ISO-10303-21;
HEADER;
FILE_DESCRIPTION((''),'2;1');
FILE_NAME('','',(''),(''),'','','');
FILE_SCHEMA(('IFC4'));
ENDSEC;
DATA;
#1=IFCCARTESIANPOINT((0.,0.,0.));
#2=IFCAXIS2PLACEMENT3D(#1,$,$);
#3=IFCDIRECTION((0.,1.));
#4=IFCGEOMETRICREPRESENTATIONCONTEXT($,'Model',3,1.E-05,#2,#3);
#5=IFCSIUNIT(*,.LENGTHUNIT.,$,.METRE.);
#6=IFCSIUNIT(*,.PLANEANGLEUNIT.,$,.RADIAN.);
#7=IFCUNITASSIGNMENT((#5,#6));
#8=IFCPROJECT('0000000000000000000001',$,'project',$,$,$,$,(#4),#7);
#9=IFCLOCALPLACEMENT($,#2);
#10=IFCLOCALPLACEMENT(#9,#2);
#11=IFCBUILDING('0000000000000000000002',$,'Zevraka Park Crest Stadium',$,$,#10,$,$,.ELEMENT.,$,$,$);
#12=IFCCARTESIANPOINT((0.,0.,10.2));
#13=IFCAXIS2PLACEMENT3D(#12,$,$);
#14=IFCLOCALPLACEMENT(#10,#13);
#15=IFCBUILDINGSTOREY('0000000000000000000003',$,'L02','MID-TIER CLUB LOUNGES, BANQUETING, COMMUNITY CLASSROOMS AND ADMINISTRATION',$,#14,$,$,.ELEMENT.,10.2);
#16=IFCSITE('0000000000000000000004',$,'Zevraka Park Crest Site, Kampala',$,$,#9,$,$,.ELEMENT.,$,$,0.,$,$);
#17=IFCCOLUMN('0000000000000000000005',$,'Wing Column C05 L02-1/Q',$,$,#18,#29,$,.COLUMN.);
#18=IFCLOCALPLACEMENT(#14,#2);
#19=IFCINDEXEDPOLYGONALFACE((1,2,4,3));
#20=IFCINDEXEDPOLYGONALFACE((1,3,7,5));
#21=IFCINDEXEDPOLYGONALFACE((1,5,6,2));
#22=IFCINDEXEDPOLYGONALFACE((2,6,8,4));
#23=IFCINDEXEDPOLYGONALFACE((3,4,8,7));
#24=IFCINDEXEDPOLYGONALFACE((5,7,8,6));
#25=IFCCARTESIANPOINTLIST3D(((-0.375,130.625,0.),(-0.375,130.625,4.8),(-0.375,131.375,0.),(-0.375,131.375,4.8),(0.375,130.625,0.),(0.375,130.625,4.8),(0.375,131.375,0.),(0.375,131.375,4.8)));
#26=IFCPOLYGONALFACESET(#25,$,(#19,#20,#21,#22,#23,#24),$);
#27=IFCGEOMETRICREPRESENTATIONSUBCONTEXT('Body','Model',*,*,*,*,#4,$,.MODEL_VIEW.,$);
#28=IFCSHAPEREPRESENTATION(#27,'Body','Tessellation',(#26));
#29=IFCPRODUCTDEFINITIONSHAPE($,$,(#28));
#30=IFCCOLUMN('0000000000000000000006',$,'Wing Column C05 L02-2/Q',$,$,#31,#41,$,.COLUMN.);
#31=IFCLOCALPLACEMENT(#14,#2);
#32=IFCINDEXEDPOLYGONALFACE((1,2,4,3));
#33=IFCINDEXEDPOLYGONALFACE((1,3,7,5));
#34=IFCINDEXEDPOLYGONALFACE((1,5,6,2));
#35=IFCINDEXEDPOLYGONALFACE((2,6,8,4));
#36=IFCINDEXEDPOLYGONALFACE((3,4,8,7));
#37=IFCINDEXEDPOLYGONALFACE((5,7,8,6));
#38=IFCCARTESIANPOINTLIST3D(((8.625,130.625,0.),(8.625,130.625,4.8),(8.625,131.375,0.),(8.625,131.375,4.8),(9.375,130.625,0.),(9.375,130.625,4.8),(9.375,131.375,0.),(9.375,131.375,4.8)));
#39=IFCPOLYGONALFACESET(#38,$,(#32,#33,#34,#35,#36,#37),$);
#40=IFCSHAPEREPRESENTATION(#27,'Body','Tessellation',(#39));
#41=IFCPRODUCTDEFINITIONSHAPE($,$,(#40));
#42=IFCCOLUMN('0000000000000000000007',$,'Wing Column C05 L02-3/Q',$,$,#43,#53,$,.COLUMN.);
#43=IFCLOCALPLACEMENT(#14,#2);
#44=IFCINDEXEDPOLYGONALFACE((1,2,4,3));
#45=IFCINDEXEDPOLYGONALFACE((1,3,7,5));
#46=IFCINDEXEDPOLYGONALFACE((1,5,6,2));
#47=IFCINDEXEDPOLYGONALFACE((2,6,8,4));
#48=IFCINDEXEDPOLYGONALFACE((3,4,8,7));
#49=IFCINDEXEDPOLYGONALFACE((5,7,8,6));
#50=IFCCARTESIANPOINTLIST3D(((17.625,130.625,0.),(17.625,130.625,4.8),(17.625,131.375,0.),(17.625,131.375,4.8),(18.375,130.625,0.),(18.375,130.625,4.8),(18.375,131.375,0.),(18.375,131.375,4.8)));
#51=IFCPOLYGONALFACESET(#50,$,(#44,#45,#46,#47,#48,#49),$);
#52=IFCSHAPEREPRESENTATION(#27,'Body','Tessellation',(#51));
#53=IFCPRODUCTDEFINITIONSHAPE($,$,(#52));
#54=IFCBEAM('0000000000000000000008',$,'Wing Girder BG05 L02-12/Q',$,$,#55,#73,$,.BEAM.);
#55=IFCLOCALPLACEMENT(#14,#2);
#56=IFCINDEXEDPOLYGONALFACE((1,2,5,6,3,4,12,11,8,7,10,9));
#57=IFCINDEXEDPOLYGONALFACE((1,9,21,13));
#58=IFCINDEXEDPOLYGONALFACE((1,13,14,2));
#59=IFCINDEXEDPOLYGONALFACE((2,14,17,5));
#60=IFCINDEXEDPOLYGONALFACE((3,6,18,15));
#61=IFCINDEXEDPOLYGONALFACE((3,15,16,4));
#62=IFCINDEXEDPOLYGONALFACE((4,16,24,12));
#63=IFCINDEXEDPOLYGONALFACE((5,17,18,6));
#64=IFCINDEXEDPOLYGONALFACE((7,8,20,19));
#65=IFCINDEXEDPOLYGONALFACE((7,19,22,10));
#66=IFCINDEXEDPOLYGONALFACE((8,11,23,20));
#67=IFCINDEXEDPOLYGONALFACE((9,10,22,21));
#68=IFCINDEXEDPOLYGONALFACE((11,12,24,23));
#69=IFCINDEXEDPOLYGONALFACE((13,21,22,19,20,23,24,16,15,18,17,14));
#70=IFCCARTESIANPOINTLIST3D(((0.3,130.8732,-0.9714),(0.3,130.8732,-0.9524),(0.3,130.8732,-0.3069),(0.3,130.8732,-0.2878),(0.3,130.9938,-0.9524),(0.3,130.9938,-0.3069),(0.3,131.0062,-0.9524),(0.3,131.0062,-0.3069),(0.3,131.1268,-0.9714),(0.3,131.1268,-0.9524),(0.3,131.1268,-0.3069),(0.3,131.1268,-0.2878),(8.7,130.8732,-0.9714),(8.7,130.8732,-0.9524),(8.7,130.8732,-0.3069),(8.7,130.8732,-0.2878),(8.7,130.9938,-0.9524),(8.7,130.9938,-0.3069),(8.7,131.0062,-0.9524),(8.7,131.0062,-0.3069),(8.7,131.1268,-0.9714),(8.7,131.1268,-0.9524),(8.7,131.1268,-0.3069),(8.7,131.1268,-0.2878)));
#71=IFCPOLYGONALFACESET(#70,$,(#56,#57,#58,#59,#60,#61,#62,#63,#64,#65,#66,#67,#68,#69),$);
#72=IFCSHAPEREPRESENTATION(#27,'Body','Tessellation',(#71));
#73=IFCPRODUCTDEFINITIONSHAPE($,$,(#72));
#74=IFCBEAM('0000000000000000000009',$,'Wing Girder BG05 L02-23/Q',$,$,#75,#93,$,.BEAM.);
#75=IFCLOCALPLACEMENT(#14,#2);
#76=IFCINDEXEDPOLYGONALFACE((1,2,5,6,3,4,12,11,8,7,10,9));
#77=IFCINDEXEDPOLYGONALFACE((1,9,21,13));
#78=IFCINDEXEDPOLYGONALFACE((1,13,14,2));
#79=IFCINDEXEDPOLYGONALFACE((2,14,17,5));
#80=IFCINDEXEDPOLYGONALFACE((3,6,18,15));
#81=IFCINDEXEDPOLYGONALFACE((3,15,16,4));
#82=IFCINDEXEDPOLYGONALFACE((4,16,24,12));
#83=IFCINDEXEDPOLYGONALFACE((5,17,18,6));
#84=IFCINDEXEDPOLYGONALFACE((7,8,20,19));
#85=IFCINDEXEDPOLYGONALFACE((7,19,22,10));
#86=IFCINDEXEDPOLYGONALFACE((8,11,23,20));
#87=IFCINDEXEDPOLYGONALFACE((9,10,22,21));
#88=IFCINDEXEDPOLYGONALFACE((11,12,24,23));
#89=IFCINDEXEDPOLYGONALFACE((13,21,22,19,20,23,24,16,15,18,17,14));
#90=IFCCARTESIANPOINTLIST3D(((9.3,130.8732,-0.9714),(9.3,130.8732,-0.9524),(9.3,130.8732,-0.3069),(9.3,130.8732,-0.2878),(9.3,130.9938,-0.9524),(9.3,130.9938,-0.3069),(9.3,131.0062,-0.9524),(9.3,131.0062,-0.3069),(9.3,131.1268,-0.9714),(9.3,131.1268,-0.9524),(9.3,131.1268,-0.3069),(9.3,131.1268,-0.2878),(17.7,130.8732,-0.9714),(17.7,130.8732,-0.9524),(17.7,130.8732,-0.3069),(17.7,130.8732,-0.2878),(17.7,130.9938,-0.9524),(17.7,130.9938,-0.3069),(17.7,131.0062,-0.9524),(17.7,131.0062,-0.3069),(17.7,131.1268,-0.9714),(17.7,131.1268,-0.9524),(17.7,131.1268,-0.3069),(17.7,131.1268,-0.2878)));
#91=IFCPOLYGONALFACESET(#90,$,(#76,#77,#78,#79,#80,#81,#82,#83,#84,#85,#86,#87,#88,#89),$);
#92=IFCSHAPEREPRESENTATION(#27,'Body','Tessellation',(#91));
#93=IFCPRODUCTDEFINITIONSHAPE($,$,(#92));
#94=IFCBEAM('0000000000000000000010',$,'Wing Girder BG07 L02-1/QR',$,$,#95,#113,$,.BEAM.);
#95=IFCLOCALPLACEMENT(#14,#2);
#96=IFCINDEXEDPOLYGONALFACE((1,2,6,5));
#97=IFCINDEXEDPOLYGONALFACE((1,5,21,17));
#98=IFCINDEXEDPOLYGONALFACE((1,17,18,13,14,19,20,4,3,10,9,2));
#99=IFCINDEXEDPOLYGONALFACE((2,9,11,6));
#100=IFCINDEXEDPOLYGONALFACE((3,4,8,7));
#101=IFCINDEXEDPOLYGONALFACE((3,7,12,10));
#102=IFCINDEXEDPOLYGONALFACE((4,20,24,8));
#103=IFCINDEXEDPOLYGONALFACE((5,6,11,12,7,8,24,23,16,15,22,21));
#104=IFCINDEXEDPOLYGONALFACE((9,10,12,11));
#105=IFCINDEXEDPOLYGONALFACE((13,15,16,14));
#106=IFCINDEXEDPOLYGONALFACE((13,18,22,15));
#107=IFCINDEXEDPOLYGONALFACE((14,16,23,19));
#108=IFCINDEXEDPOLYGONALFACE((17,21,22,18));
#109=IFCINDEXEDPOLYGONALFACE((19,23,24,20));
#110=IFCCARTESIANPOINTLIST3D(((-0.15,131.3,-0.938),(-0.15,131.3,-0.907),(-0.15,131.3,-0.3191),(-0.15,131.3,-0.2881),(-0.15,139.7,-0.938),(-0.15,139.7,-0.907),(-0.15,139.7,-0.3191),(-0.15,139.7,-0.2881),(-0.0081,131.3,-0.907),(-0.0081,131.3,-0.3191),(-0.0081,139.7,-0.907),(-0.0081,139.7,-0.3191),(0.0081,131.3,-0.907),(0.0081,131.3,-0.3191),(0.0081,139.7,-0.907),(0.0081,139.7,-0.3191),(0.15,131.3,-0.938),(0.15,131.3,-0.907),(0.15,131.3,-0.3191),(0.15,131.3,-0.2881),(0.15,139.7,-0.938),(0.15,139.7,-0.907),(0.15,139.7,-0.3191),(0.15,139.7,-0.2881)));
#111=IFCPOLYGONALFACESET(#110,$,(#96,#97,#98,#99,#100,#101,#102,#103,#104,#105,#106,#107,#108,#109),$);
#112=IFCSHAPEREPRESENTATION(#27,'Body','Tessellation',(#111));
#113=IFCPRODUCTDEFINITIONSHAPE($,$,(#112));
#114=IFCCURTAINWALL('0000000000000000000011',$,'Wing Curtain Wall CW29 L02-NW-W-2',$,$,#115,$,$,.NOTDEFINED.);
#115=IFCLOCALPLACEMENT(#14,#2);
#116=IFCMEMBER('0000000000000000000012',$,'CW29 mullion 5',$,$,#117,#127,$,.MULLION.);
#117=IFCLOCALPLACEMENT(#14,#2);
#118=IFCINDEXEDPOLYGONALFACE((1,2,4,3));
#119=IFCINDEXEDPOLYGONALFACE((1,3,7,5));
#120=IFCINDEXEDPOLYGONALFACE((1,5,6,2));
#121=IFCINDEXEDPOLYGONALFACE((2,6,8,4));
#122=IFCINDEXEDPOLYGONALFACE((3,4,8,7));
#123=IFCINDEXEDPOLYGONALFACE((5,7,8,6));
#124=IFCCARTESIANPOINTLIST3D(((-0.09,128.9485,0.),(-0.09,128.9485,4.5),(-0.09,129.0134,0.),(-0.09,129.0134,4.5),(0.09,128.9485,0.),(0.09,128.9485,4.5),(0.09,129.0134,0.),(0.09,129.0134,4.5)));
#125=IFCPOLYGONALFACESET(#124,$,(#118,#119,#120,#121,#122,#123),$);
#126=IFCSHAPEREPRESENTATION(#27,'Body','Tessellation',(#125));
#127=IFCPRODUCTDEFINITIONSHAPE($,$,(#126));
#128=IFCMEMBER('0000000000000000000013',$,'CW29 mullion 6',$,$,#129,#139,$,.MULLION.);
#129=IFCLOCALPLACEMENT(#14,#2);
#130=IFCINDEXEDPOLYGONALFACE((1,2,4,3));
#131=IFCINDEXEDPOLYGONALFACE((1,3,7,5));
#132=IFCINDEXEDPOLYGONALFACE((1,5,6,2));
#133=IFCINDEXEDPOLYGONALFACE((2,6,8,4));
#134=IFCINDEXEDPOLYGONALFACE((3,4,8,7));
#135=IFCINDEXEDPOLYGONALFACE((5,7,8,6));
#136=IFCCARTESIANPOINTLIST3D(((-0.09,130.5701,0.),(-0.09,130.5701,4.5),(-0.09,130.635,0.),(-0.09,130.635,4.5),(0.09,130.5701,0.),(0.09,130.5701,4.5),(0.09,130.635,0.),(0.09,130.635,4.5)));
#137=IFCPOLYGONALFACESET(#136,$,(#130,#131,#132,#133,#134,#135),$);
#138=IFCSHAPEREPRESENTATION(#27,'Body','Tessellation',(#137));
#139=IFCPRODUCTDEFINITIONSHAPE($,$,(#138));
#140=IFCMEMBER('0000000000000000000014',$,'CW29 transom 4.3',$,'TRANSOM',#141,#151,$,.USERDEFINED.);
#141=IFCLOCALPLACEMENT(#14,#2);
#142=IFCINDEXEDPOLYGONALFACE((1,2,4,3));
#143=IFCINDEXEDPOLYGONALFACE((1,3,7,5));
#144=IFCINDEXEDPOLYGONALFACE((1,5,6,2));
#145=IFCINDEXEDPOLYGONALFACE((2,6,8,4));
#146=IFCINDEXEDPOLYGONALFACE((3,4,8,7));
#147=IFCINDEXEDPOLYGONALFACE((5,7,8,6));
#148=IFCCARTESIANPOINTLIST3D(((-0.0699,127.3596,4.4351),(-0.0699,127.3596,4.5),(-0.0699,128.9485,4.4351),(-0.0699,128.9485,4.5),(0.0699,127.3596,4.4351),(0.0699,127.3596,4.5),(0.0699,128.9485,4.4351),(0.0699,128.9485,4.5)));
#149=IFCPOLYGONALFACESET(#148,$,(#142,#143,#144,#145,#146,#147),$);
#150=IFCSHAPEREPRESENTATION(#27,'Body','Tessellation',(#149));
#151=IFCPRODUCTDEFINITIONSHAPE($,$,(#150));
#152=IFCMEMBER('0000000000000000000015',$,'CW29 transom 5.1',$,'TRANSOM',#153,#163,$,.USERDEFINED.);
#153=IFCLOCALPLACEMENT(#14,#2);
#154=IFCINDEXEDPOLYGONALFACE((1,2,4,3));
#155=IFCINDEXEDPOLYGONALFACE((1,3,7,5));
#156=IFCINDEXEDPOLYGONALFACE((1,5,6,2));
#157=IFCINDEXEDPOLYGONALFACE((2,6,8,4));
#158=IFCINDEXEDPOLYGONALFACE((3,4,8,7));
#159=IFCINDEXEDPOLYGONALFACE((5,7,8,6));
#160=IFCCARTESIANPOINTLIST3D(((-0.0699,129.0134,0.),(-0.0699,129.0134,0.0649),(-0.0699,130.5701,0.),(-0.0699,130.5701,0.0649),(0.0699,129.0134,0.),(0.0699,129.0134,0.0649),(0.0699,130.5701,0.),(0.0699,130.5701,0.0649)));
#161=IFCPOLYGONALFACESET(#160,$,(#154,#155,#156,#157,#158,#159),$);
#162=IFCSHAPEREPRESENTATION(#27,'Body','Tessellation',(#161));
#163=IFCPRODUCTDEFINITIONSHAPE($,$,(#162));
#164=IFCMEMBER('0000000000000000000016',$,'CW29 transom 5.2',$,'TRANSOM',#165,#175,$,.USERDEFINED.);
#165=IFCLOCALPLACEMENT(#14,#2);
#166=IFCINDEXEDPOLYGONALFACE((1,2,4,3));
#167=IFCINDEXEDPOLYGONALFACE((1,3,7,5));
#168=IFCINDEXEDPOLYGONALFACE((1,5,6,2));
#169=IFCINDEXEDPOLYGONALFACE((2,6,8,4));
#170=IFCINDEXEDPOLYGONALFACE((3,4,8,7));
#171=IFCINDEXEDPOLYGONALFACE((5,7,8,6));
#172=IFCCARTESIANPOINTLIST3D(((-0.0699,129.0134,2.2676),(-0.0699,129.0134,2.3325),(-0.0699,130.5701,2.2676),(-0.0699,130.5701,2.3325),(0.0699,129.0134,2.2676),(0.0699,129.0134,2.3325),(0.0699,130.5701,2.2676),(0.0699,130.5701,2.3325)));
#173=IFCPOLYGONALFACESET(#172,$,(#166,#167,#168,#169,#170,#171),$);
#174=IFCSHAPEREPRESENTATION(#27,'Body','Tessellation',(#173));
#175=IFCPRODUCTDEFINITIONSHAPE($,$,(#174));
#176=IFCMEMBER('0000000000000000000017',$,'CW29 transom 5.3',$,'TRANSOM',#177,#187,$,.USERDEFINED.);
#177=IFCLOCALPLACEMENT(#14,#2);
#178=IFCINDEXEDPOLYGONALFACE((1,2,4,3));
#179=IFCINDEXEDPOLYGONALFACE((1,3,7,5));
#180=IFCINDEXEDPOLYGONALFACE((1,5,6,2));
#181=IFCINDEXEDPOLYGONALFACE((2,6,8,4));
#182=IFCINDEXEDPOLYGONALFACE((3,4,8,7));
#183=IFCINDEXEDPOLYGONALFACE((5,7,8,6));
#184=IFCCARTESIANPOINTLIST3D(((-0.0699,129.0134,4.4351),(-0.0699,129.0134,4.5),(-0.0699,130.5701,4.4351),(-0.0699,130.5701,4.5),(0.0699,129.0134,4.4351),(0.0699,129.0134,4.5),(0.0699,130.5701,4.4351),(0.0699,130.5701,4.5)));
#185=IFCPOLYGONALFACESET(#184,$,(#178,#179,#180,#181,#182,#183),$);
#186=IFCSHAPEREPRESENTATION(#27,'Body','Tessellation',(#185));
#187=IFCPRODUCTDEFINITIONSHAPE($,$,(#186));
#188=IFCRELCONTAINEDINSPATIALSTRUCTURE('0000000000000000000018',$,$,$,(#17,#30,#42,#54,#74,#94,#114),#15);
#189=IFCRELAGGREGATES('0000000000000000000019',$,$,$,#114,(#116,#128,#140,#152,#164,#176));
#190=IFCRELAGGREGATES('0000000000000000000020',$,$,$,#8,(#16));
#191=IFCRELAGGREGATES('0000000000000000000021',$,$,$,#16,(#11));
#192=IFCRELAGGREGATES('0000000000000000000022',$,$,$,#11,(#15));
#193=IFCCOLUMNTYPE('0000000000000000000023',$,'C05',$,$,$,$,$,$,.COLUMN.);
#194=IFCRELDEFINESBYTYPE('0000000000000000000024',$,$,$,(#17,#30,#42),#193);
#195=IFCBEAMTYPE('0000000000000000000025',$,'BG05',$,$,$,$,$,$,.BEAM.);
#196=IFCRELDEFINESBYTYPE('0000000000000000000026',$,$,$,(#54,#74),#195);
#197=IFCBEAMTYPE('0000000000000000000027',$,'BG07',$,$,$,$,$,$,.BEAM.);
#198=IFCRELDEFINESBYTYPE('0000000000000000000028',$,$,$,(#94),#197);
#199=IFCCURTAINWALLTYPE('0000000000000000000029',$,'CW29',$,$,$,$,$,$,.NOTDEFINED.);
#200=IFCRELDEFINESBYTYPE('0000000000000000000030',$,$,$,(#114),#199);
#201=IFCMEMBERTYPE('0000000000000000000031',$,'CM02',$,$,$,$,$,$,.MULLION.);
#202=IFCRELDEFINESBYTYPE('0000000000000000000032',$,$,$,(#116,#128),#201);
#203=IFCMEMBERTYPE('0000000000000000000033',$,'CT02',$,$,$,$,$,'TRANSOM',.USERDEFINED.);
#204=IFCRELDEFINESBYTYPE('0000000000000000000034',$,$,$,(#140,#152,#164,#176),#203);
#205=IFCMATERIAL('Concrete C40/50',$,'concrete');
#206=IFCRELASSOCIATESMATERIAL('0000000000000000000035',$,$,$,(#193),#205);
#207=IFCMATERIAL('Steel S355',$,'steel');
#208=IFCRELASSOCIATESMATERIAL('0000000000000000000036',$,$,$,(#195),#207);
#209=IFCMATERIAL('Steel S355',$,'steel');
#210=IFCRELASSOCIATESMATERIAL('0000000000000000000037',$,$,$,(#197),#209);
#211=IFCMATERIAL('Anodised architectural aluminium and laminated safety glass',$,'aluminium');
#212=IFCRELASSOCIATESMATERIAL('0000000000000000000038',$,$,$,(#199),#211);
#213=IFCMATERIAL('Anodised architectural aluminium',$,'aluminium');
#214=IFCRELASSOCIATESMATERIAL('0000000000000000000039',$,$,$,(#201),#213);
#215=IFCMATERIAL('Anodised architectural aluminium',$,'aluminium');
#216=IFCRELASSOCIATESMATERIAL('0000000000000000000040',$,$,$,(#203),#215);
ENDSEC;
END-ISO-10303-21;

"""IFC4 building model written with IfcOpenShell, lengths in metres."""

from ifc_helpers import new_model, si_unit, direction, frame, origin, origin_2d, place, context, subcontext, project, spatial, rectangle, i_section, extrude, material, material_profile, profile_set, type_object, element, aggregate, save


model = new_model("IFC4")

# Units and contexts
model_context = context("Model", 3, precision=1e-05, world=origin(), true_north=direction((0.0, 1.0)))
body_context = subcontext(model_context, "Body", "Model", "MODEL_VIEW")
ifc_project = project(units=[si_unit("LENGTHUNIT", "METRE"), si_unit("PLANEANGLEUNIT", "RADIAN")], contexts=[model_context])

# Site, building, storey
site_placement = place(None, origin())
site = spatial("IfcSite", under=ifc_project, at=site_placement, Name="Zevraka Park Crest Site, Kampala", CompositionType="ELEMENT", RefElevation=0.0)
building_placement = place(site_placement, origin())
building = spatial("IfcBuilding", under=site, at=building_placement, Name="Zevraka Park Crest Stadium", CompositionType="ELEMENT")
storey_placement = place(building_placement, frame((0.0, 0.0, 10.2)))
storey = spatial("IfcBuildingStorey", under=building, at=storey_placement, Name="L02", Description="MID-TIER CLUB LOUNGES, BANQUETING, COMMUNITY CLASSROOMS AND ADMINISTRATION", CompositionType="ELEMENT", Elevation=10.2)

# Columns
ifc_material_1 = material(Name="Concrete C40/50", Category="concrete")
ifc_material_profile_1 = material_profile(ifc_material_1, rectangle(XDim=0.75, YDim=0.75, at=origin_2d()), Name="RC 750x750")
ifc_profile_set_1 = profile_set([ifc_material_profile_1], Name="Concrete C40/50")
column_type = type_object("IfcColumnType", Name="C05", PredefinedType="COLUMN", material=ifc_profile_set_1)
for number, where, z_axis, x_axis, name in (
    (1, (0.0, 131.0, 0.0), (0.0, 0.0, 1.0), (1.0, 0.0, 0.0), "Wing Column C05 L02-1/Q"),
    (2, (9.0, 131.0, 0.0), (0.0, 0.0, 1.0), (1.0, 0.0, 0.0), "Wing Column C05 L02-2/Q"),
    (3, (18.0, 131.0, 0.0), (0.0, 0.0, 1.0), (1.0, 0.0, 0.0), "Wing Column C05 L02-3/Q"),
):
    element("IfcColumn", number, at=place(storey_placement, frame(where, z_axis=z_axis, x_axis=x_axis)), inside=storey, type_object=column_type, Name=name, PredefinedType="COLUMN", context=body_context, shape_type="SweptSolid", body=[
        extrude(rectangle(XDim=0.75, YDim=0.75, at=origin_2d()), origin(), (0.0, 0.0, 1.0), 4.8),
    ])

# Beams
ifc_material_2 = material(Name="Steel S355", Category="steel")
ifc_material_profile_2 = material_profile(ifc_material_2, i_section(OverallWidth=0.2537, OverallDepth=0.6836, WebThickness=0.0125, FlangeThickness=0.019, at=origin_2d()), Name="UKB 686x254x140")
ifc_profile_set_2 = profile_set([ifc_material_profile_2], Name="Steel S355")
beam_type_1 = type_object("IfcBeamType", Name="BG05", PredefinedType="BEAM", material=ifc_profile_set_2)
for number, where, z_axis, x_axis, name in (
    (4, (0.3, 131.0, -0.6296), (1.0, 0.0, 0.0), (0.0, 1.0, 0.0), "Wing Girder BG05 L02-12/Q"),
    (5, (9.3, 131.0, -0.6296), (1.0, 0.0, 0.0), (0.0, 1.0, 0.0), "Wing Girder BG05 L02-23/Q"),
):
    element("IfcBeam", number, at=place(storey_placement, frame(where, z_axis=z_axis, x_axis=x_axis)), inside=storey, type_object=beam_type_1, Name=name, PredefinedType="BEAM", context=body_context, shape_type="SweptSolid", body=[
        extrude(i_section(OverallWidth=0.2537, OverallDepth=0.6836, WebThickness=0.0125, FlangeThickness=0.019, at=origin_2d()), origin(), (0.0, 0.0, 1.0), 8.3999),
    ])
ifc_material_3 = material(Name="Steel S355", Category="steel")
ifc_material_profile_3 = material_profile(ifc_material_3, i_section(OverallWidth=0.3, OverallDepth=0.6499, WebThickness=0.0161, FlangeThickness=0.031, at=origin_2d()), Name="HEB 650")
ifc_profile_set_3 = profile_set([ifc_material_profile_3], Name="Steel S355")
beam_type_2 = type_object("IfcBeamType", Name="BG07", PredefinedType="BEAM", material=ifc_profile_set_3)
beam_placement = place(storey_placement, frame((0.0, 131.3, -0.613), z_axis=(0.0, 1.0, 0.0), x_axis=(-1.0, 0.0, 0.0)))
element("IfcBeam", 6, at=beam_placement, inside=storey, type_object=beam_type_2, Name="Wing Girder BG07 L02-1/QR", PredefinedType="BEAM", context=body_context, shape_type="SweptSolid", body=[
    extrude(i_section(OverallWidth=0.3, OverallDepth=0.6499, WebThickness=0.0161, FlangeThickness=0.031, at=origin_2d()), origin(), (0.0, 0.0, 1.0), 8.3999),
])

# Curtain wall, members
ifc_material_4 = material(Name="Anodised architectural aluminium and laminated safety glass", Category="aluminium")
curtain_wall_type = type_object("IfcCurtainWallType", Name="CW29", PredefinedType="NOTDEFINED", material=ifc_material_4)
curtain_wall_placement = place(storey_placement, origin())
curtain_wall = element("IfcCurtainWall", 7, at=curtain_wall_placement, inside=storey, type_object=curtain_wall_type, Name="Wing Curtain Wall CW29 L02-NW-W-2", PredefinedType="NOTDEFINED")
ifc_material_5 = material(Name="Anodised architectural aluminium", Category="aluminium")
ifc_material_profile_4 = material_profile(ifc_material_5, rectangle(XDim=0.1799, YDim=0.0649, at=origin_2d()), Name="ALU MULLION 180x65")
ifc_profile_set_4 = profile_set([ifc_material_profile_4], Name="Anodised architectural aluminium")
member_type_1 = type_object("IfcMemberType", Name="CM02", PredefinedType="MULLION", material=ifc_profile_set_4)
member_1_placement = place(storey_placement, frame((0.0, 128.981, 0.0), z_axis=(0.0, 0.0, 1.0), x_axis=(-1.0, 0.0, 0.0)))
member_1 = element("IfcMember", 8, at=member_1_placement, type_object=member_type_1, Name="CW29 mullion 5", PredefinedType="MULLION", context=body_context, shape_type="SweptSolid", body=[
    extrude(rectangle(XDim=0.1799, YDim=0.0649, at=origin_2d()), origin(), (0.0, 0.0, 1.0), 4.5),
])
member_2_placement = place(storey_placement, frame((0.0, 130.6025, 0.0), z_axis=(0.0, 0.0, 1.0), x_axis=(-1.0, 0.0, 0.0)))
member_2 = element("IfcMember", 9, at=member_2_placement, type_object=member_type_1, Name="CW29 mullion 6", PredefinedType="MULLION", context=body_context, shape_type="SweptSolid", body=[
    extrude(rectangle(XDim=0.1799, YDim=0.0649, at=origin_2d()), origin(), (0.0, 0.0, 1.0), 4.5),
])
ifc_material_6 = material(Name="Anodised architectural aluminium", Category="aluminium")
ifc_material_profile_5 = material_profile(ifc_material_6, rectangle(XDim=0.1399, YDim=0.0649, at=origin_2d()), Name="ALU TRANSOM 140x65")
ifc_profile_set_5 = profile_set([ifc_material_profile_5], Name="Anodised architectural aluminium")
member_type_2 = type_object("IfcMemberType", Name="CT02", ElementType="TRANSOM", PredefinedType="USERDEFINED", material=ifc_profile_set_5)
member_3_placement = place(storey_placement, frame((0.0, 127.3596, 4.4675), z_axis=(0.0, 1.0, 0.0), x_axis=(-1.0, 0.0, 0.0)))
member_3 = element("IfcMember", 10, at=member_3_placement, type_object=member_type_2, Name="CW29 transom 4.3", ObjectType="TRANSOM", PredefinedType="USERDEFINED", context=body_context, shape_type="SweptSolid", body=[
    extrude(rectangle(XDim=0.1399, YDim=0.0649, at=origin_2d()), origin(), (0.0, 0.0, 1.0), 1.5889),
])
member_4_placement = place(storey_placement, frame((0.0, 129.0134, 0.0325), z_axis=(0.0, 1.0, 0.0), x_axis=(-1.0, 0.0, 0.0)))
member_4 = element("IfcMember", 11, at=member_4_placement, type_object=member_type_2, Name="CW29 transom 5.1", ObjectType="TRANSOM", PredefinedType="USERDEFINED", context=body_context, shape_type="SweptSolid", body=[
    extrude(rectangle(XDim=0.1399, YDim=0.0649, at=origin_2d()), origin(), (0.0, 0.0, 1.0), 1.5566),
])
member_5_placement = place(storey_placement, frame((0.0, 129.0134, 2.3), z_axis=(0.0, 1.0, 0.0), x_axis=(-1.0, 0.0, 0.0)))
member_5 = element("IfcMember", 12, at=member_5_placement, type_object=member_type_2, Name="CW29 transom 5.2", ObjectType="TRANSOM", PredefinedType="USERDEFINED", context=body_context, shape_type="SweptSolid", body=[
    extrude(rectangle(XDim=0.1399, YDim=0.0649, at=origin_2d()), origin(), (0.0, 0.0, 1.0), 1.5566),
])
member_6_placement = place(storey_placement, frame((0.0, 129.0134, 4.4675), z_axis=(0.0, 1.0, 0.0), x_axis=(-1.0, 0.0, 0.0)))
member_6 = element("IfcMember", 13, at=member_6_placement, type_object=member_type_2, Name="CW29 transom 5.3", ObjectType="TRANSOM", PredefinedType="USERDEFINED", context=body_context, shape_type="SweptSolid", body=[
    extrude(rectangle(XDim=0.1399, YDim=0.0649, at=origin_2d()), origin(), (0.0, 0.0, 1.0), 1.5566),
])

aggregate(curtain_wall, [member_1, member_2, member_3, member_4, member_5, member_6])

save(model, "model.ifc")
